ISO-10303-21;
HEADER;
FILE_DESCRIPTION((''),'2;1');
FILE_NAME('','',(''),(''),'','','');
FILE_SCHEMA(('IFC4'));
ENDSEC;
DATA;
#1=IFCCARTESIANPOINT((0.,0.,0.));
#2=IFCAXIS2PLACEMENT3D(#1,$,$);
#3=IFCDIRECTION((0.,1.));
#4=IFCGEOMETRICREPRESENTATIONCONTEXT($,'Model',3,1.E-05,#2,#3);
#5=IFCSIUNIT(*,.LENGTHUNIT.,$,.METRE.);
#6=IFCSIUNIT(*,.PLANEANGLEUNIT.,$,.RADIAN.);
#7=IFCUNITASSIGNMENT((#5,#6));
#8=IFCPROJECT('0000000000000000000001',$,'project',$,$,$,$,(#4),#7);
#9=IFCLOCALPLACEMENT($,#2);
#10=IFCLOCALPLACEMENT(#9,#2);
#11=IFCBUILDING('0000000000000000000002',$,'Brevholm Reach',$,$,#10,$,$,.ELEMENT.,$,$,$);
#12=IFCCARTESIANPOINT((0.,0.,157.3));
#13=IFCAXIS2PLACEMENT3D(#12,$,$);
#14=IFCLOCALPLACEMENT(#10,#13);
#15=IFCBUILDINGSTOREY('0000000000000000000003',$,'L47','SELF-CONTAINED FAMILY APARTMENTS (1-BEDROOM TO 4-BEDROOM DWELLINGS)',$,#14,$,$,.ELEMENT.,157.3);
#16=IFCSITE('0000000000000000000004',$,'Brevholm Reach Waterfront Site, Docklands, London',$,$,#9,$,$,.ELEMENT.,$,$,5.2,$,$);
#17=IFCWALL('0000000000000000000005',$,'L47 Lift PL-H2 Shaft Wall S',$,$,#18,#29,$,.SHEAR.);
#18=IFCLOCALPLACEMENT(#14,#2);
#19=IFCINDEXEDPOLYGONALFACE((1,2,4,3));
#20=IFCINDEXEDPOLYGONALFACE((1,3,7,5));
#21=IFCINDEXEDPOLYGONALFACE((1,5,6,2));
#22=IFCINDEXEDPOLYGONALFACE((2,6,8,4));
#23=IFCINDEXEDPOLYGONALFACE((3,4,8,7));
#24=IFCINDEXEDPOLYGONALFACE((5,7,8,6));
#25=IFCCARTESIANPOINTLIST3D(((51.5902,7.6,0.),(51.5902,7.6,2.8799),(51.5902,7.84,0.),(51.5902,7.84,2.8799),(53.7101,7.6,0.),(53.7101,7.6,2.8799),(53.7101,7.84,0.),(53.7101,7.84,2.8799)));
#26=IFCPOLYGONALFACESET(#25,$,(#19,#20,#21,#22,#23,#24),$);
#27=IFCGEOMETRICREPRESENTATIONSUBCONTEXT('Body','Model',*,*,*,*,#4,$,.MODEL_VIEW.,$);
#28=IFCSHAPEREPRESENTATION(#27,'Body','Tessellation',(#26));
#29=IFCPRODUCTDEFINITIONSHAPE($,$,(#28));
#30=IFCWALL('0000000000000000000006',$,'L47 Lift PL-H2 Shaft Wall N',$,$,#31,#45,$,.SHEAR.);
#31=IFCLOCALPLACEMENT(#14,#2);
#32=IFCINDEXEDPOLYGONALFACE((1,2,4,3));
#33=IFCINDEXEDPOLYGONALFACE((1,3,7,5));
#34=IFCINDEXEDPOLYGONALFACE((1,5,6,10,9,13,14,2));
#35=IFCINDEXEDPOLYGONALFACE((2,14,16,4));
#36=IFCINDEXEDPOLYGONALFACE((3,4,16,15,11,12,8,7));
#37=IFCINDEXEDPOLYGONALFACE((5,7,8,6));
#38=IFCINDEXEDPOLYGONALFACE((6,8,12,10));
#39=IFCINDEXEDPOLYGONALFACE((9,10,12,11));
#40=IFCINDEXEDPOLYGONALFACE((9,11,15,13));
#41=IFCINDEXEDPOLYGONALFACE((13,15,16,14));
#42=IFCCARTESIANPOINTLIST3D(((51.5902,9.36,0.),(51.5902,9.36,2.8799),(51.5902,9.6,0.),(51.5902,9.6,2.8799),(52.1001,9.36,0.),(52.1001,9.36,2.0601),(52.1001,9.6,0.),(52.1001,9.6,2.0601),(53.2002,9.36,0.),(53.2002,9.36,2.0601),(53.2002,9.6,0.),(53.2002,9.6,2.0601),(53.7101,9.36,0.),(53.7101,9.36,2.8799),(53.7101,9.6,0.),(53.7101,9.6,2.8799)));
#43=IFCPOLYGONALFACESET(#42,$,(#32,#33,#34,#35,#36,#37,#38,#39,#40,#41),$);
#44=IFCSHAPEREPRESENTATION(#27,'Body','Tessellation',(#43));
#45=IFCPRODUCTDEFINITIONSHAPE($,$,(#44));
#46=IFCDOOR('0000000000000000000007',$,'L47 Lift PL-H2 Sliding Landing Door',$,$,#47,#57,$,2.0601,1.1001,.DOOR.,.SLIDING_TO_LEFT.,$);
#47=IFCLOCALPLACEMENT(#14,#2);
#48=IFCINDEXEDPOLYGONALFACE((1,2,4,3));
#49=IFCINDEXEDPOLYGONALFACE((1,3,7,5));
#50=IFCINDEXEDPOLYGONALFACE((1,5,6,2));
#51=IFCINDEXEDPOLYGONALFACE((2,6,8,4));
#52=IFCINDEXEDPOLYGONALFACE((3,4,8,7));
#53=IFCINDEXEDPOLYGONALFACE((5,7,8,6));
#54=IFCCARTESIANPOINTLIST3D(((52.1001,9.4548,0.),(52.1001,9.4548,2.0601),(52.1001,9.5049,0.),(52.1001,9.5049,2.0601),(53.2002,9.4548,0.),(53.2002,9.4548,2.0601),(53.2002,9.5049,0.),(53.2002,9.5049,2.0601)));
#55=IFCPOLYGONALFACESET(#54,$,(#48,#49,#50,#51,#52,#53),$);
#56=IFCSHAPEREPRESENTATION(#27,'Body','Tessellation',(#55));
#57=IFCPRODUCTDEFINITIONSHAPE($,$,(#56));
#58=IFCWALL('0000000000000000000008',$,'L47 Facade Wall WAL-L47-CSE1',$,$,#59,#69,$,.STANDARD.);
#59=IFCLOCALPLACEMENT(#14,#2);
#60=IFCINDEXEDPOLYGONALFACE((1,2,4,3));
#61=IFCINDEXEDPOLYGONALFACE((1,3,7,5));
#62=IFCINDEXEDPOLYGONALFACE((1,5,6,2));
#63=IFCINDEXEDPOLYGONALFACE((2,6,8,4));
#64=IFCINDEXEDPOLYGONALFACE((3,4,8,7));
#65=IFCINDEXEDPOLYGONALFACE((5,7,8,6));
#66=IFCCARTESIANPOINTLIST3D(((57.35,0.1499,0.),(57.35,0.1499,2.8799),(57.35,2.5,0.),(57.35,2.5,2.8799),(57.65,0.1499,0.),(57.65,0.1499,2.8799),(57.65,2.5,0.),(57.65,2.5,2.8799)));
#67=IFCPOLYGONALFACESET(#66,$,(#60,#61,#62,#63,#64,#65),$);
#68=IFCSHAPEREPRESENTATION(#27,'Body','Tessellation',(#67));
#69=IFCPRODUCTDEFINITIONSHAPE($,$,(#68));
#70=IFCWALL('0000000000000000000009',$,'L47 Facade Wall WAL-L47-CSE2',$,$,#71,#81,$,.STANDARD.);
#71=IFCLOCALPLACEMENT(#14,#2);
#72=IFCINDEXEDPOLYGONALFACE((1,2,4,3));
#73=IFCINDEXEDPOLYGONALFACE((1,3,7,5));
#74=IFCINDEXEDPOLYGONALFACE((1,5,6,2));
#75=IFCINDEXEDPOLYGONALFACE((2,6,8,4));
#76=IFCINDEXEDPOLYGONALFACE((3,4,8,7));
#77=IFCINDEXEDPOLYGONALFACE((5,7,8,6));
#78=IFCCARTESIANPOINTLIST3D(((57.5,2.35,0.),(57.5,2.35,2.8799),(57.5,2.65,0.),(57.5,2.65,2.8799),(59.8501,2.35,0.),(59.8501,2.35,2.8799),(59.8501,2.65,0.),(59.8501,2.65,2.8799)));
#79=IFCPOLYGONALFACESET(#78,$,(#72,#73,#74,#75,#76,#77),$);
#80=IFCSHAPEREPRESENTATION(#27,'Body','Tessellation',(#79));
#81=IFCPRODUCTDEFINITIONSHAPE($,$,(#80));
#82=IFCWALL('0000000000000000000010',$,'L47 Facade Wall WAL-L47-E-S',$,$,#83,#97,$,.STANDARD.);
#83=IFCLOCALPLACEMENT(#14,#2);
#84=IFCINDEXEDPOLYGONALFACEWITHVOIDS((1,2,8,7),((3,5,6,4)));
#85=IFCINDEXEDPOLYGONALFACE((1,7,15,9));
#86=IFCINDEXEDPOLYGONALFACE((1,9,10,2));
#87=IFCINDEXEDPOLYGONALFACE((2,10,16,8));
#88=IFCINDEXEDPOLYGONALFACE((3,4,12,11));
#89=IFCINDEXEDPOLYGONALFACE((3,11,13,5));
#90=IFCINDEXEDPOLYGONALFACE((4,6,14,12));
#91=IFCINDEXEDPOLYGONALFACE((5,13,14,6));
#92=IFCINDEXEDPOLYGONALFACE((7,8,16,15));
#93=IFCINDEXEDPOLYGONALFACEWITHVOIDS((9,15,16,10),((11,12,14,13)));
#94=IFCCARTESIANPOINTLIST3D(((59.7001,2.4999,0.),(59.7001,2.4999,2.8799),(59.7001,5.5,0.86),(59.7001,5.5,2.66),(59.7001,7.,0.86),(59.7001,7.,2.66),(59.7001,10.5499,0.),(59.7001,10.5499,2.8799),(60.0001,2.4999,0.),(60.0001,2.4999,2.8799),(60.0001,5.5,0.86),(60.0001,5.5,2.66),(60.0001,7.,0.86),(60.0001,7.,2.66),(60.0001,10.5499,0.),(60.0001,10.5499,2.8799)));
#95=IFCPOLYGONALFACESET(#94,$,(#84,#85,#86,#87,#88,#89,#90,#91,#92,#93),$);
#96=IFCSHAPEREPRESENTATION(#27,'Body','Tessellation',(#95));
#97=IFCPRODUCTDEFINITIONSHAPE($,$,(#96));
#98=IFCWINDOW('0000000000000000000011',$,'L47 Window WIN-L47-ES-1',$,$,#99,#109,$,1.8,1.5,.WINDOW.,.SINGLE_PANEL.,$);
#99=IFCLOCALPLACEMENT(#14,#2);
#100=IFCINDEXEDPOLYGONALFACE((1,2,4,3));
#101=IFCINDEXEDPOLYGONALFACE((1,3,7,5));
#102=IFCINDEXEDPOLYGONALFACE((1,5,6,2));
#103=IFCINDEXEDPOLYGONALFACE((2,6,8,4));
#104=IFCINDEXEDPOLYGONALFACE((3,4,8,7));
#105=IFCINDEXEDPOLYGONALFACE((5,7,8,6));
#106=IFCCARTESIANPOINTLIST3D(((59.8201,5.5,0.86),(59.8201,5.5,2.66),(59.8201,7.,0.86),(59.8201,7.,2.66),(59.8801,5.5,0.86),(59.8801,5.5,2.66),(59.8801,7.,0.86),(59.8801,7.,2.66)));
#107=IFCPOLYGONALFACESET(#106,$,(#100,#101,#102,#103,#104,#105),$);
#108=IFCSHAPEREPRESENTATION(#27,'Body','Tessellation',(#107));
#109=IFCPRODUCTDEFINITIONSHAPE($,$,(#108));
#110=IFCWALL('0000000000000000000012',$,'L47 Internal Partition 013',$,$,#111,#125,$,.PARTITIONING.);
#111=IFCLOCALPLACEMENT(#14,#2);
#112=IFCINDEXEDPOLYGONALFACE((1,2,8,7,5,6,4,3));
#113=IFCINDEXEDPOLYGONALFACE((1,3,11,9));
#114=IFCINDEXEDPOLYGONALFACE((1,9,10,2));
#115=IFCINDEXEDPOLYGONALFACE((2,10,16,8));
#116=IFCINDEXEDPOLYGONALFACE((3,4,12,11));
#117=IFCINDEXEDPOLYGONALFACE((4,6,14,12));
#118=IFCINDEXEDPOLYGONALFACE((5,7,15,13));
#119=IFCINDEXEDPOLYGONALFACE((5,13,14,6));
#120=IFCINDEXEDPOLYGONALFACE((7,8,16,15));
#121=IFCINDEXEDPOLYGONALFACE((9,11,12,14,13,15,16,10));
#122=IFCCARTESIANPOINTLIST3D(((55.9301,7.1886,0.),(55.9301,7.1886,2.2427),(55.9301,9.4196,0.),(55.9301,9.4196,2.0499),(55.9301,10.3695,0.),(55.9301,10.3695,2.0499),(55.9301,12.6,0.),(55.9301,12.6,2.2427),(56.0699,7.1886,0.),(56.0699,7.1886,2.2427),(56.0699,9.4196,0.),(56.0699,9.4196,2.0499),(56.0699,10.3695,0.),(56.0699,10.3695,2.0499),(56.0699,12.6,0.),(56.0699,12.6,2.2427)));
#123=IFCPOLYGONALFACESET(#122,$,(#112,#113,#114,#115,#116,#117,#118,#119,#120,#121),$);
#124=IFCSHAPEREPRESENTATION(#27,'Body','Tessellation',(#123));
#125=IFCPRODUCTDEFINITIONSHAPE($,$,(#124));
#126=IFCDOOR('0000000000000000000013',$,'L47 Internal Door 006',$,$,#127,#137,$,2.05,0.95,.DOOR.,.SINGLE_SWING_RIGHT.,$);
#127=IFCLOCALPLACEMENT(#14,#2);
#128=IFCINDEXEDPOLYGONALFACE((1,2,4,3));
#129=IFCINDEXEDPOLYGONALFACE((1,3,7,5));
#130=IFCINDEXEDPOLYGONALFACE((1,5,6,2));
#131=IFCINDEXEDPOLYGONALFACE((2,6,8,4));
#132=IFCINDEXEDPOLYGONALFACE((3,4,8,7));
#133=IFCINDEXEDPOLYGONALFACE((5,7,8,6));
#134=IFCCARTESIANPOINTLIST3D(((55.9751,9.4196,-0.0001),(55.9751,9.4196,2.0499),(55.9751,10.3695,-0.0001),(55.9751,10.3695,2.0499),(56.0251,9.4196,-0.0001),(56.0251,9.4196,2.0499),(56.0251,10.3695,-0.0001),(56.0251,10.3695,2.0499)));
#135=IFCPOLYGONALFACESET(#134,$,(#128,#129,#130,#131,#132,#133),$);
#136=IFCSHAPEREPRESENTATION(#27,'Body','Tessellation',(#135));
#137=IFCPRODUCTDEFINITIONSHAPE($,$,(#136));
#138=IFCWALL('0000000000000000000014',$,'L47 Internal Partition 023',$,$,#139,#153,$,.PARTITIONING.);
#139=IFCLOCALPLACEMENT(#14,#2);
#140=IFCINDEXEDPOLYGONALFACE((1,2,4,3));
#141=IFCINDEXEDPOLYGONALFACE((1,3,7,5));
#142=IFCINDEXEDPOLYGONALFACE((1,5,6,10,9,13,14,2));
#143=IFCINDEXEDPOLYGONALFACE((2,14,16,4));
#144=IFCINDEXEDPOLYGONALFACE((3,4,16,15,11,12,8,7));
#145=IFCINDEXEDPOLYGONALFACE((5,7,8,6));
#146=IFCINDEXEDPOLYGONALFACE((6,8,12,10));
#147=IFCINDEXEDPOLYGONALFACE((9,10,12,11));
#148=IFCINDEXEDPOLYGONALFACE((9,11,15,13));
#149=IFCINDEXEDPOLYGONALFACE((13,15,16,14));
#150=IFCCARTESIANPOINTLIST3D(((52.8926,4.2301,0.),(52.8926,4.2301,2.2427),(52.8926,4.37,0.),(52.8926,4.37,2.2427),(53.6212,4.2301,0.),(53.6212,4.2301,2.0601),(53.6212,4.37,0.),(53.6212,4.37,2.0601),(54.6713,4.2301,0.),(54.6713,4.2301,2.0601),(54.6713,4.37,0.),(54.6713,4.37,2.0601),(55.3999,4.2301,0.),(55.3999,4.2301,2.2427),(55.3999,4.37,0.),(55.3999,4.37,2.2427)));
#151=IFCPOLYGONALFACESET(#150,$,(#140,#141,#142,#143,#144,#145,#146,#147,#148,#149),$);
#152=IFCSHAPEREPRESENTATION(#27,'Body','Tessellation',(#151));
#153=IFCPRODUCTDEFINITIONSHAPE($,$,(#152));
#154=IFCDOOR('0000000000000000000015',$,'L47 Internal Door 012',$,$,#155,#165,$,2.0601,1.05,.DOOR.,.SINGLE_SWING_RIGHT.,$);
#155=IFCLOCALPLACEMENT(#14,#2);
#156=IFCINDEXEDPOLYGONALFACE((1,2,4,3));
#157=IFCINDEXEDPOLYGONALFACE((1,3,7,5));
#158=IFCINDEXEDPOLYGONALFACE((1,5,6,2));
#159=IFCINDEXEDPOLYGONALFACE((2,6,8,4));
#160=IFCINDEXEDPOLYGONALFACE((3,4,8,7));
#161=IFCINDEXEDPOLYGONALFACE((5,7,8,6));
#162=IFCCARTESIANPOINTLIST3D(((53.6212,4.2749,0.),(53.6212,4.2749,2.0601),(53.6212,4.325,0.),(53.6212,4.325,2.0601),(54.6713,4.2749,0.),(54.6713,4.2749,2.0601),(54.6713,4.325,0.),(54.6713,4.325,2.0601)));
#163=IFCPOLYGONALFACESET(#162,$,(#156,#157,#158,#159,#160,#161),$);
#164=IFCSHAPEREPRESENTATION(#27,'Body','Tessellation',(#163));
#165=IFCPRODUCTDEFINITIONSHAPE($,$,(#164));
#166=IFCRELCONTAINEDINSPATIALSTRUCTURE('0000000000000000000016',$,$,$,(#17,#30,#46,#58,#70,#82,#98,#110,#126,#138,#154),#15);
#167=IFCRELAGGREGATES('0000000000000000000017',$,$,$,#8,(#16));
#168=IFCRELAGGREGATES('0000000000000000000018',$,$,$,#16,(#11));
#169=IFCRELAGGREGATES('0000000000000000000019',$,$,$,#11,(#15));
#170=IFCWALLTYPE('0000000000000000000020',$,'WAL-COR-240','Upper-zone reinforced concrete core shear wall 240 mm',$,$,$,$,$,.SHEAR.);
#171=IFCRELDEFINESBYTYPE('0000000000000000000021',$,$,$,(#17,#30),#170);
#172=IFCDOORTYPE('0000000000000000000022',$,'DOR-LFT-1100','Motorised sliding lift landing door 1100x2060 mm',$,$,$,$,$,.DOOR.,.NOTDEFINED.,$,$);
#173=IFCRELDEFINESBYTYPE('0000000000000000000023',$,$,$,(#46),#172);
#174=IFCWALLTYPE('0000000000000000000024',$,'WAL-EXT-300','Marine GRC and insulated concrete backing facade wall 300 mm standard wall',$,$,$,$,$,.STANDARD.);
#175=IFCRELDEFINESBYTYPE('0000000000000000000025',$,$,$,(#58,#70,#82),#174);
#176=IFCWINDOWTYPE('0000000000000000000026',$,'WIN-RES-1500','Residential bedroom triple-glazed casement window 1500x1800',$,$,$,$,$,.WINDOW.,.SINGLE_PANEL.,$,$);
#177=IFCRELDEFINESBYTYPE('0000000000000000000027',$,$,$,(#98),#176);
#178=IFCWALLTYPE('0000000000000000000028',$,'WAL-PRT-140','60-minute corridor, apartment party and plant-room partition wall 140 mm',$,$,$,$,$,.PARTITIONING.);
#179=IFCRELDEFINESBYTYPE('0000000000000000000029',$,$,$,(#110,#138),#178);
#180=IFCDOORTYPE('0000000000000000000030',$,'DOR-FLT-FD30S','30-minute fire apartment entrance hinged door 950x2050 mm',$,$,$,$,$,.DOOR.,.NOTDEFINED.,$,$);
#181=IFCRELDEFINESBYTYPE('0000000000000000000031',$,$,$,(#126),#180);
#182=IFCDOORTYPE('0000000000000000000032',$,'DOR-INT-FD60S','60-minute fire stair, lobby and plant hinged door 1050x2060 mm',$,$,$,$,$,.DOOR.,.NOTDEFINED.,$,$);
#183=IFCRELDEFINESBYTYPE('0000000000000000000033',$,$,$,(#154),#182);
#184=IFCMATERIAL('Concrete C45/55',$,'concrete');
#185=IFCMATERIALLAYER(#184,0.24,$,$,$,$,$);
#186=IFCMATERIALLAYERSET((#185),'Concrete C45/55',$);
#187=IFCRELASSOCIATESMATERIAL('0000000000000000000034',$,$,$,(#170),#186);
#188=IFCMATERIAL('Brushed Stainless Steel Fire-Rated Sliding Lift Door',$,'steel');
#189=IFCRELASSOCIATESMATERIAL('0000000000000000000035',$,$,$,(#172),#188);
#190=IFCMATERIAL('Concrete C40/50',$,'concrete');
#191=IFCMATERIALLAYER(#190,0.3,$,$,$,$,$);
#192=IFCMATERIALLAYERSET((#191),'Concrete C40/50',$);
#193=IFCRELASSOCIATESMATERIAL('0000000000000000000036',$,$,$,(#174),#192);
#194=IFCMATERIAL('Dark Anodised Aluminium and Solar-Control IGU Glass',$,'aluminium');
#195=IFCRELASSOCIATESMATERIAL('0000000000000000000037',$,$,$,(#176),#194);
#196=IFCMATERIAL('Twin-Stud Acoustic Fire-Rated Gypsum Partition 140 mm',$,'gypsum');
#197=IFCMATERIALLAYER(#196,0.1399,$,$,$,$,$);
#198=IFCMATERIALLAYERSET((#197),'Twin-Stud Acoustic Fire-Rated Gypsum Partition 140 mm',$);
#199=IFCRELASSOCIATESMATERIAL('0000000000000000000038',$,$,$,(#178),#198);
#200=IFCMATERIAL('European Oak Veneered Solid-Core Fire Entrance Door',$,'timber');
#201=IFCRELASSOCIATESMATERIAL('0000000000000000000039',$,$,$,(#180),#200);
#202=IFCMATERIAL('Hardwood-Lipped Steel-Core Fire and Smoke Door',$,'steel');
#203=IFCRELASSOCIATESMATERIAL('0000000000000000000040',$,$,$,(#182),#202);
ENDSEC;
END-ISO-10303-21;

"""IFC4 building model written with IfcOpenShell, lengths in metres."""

from ifc_helpers import new_model, si_unit, direction, frame, frame_2d, origin, place, context, subcontext, project, spatial, rectangle, extrude, material, layer, layer_set, type_object, element, fill, save


model = new_model("IFC4")

# Units and contexts
model_context = context("Model", 3, precision=1e-05, world=origin(), true_north=direction((0.0, 1.0)))
body_context = subcontext(model_context, "Body", "Model", "MODEL_VIEW")
ifc_project = project(units=[si_unit("LENGTHUNIT", "METRE"), si_unit("PLANEANGLEUNIT", "RADIAN")], contexts=[model_context])

# Site, building, storey
site_placement = place(None, origin())
site = spatial("IfcSite", under=ifc_project, at=site_placement, Name="Brevholm Reach Waterfront Site, Docklands, London", CompositionType="ELEMENT", RefElevation=5.2)
building_placement = place(site_placement, origin())
building = spatial("IfcBuilding", under=site, at=building_placement, Name="Brevholm Reach", CompositionType="ELEMENT")
storey_placement = place(building_placement, frame((0.0, 0.0, 157.3)))
storey = spatial("IfcBuildingStorey", under=building, at=storey_placement, Name="L47", Description="SELF-CONTAINED FAMILY APARTMENTS (1-BEDROOM TO 4-BEDROOM DWELLINGS)", CompositionType="ELEMENT", Elevation=157.3)

# Wall
ifc_material_1 = material(Name="Concrete C45/55", Category="concrete")
ifc_layer_1 = layer(ifc_material_1, 0.24)
ifc_layer_set_1 = layer_set([ifc_layer_1], Name="Concrete C45/55")
wall_type_1 = type_object("IfcWallType", Name="WAL-COR-240", Description="Upper-zone reinforced concrete core shear wall 240 mm", PredefinedType="SHEAR", material=ifc_layer_set_1)
wall_1_placement = place(storey_placement, frame((51.5901, 7.72, 0.0), z_axis=(0.0, 0.0, 1.0), x_axis=(1.0, 0.0, 0.0)))
element("IfcWall", 1, at=wall_1_placement, inside=storey, type_object=wall_type_1, Name="L47 Lift PL-H2 Shaft Wall S", PredefinedType="SHEAR", context=body_context, shape_type="SweptSolid", body=[
    extrude(rectangle(XDim=2.1199, YDim=0.24, at=frame_2d((1.0601, 0.0))), origin(), (0.0, 0.0, 1.0), 2.8799),
])

# Wall, opening, door
wall_2_placement = place(storey_placement, frame((51.5901, 9.48, 0.0), z_axis=(0.0, 0.0, 1.0), x_axis=(1.0, 0.0, 0.0)))
wall_2 = element("IfcWall", 2, at=wall_2_placement, inside=storey, type_object=wall_type_1, Name="L47 Lift PL-H2 Shaft Wall N", PredefinedType="SHEAR", context=body_context, shape_type="SweptSolid", body=[
    extrude(rectangle(XDim=2.1199, YDim=0.24, at=frame_2d((1.0601, 0.0))), origin(), (0.0, 0.0, 1.0), 2.8799),
])
opening_1_placement = place(wall_2_placement, frame((0.51, 0.0, 0.0)))
opening_1 = element("IfcOpeningElement", 3, at=opening_1_placement, cuts=wall_2, PredefinedType="OPENING", context=body_context, shape_type="SweptSolid", body=[
    extrude(rectangle(XDim=1.1001, YDim=2.0601, at=frame_2d((0.55, 1.03))), frame((0.0, 0.1299, 0.0), z_axis=(0.0, -1.0, 0.0), x_axis=(1.0, 0.0, 0.0)), (0.0, 0.0, 1.0), 0.26),
])
ifc_material_2 = material(Name="Brushed Stainless Steel Fire-Rated Sliding Lift Door", Category="steel")
door_type_1 = type_object("IfcDoorType", Name="DOR-LFT-1100", Description="Motorised sliding lift landing door 1100x2060 mm", OperationType="NOTDEFINED", PredefinedType="DOOR", material=ifc_material_2)
door_1_placement = place(opening_1_placement, origin())
door_1 = element("IfcDoor", 4, at=door_1_placement, inside=storey, type_object=door_type_1, Name="L47 Lift PL-H2 Sliding Landing Door", OperationType="SLIDING_TO_LEFT", OverallHeight=2.0601, OverallWidth=1.1001, PredefinedType="DOOR", context=body_context, shape_type="SweptSolid", body=[
    extrude(rectangle(XDim=1.1001, YDim=2.0601, at=frame_2d((0.55, 1.03))), frame((0.0, 0.0249, 0.0), z_axis=(0.0, -1.0, 0.0), x_axis=(1.0, 0.0, 0.0)), (0.0, 0.0, 1.0), 0.05),
])
fill(opening_1, door_1)

# Walls
ifc_material_3 = material(Name="Concrete C40/50", Category="concrete")
ifc_layer_2 = layer(ifc_material_3, 0.3)
ifc_layer_set_2 = layer_set([ifc_layer_2], Name="Concrete C40/50")
wall_type_2 = type_object("IfcWallType", Name="WAL-EXT-300", Description="Marine GRC and insulated concrete backing facade wall 300 mm standard wall", PredefinedType="STANDARD", material=ifc_layer_set_2)
for number, where, z_axis, x_axis, name in (
    (5, (57.5, 0.1499, 0.0), (0.0, 0.0, 1.0), (0.0, 1.0, 0.0), "L47 Facade Wall WAL-L47-CSE1"),
    (6, (57.5, 2.5, 0.0), (0.0, 0.0, 1.0), (1.0, 0.0, 0.0), "L47 Facade Wall WAL-L47-CSE2"),
):
    element("IfcWall", number, at=place(storey_placement, frame(where, z_axis=z_axis, x_axis=x_axis)), inside=storey, type_object=wall_type_2, Name=name, PredefinedType="STANDARD", context=body_context, shape_type="SweptSolid", body=[
        extrude(rectangle(XDim=2.3501, YDim=0.3, at=frame_2d((1.175, 0.0))), origin(), (0.0, 0.0, 1.0), 2.8799),
    ])

# Wall, opening, window
wall_3_placement = place(storey_placement, frame((59.8501, 2.5, 0.0), z_axis=(0.0, 0.0, 1.0), x_axis=(0.0, 1.0, 0.0)))
wall_3 = element("IfcWall", 7, at=wall_3_placement, inside=storey, type_object=wall_type_2, Name="L47 Facade Wall WAL-L47-E-S", PredefinedType="STANDARD", context=body_context, shape_type="SweptSolid", body=[
    extrude(rectangle(XDim=8.05, YDim=0.3, at=frame_2d((4.0249, 0.0))), origin(), (0.0, 0.0, 1.0), 2.8799),
])
opening_2_placement = place(wall_3_placement, frame((3.0, 0.0, 0.8601)))
opening_2 = element("IfcOpeningElement", 8, at=opening_2_placement, cuts=wall_3, PredefinedType="OPENING", context=body_context, shape_type="SweptSolid", body=[
    extrude(rectangle(XDim=1.5, YDim=1.8, at=frame_2d((0.75, 0.8999))), frame((0.0, 0.1599, 0.0), z_axis=(0.0, -1.0, 0.0), x_axis=(1.0, 0.0, 0.0)), (0.0, 0.0, 1.0), 0.3201),
])
ifc_material_4 = material(Name="Dark Anodised Aluminium and Solar-Control IGU Glass", Category="aluminium")
window_type = type_object("IfcWindowType", Name="WIN-RES-1500", Description="Residential bedroom triple-glazed casement window 1500x1800", PartitioningType="SINGLE_PANEL", PredefinedType="WINDOW", material=ifc_material_4)
window_placement = place(opening_2_placement, origin())
window = element("IfcWindow", 9, at=window_placement, inside=storey, type_object=window_type, Name="L47 Window WIN-L47-ES-1", OverallHeight=1.8, OverallWidth=1.5, PartitioningType="SINGLE_PANEL", PredefinedType="WINDOW", context=body_context, shape_type="SweptSolid", body=[
    extrude(rectangle(XDim=1.5, YDim=1.8, at=frame_2d((0.75, 0.8999))), frame((0.0, 0.03, 0.0), z_axis=(0.0, -1.0, 0.0), x_axis=(1.0, 0.0, 0.0)), (0.0, 0.0, 1.0), 0.0601),
])
fill(opening_2, window)

# Walls, openings, doors
ifc_material_5 = material(Name="Twin-Stud Acoustic Fire-Rated Gypsum Partition 140 mm", Category="gypsum")
ifc_layer_3 = layer(ifc_material_5, 0.1399)
ifc_layer_set_3 = layer_set([ifc_layer_3], Name="Twin-Stud Acoustic Fire-Rated Gypsum Partition 140 mm")
wall_type_3 = type_object("IfcWallType", Name="WAL-PRT-140", Description="60-minute corridor, apartment party and plant-room partition wall 140 mm", PredefinedType="PARTITIONING", material=ifc_layer_set_3)
wall_4_placement = place(storey_placement, frame((56.0, 7.1887, 0.0), z_axis=(0.0, 0.0, 1.0), x_axis=(0.0, 1.0, 0.0)))
wall_4 = element("IfcWall", 10, at=wall_4_placement, inside=storey, type_object=wall_type_3, Name="L47 Internal Partition 013", PredefinedType="PARTITIONING", context=body_context, shape_type="SweptSolid", body=[
    extrude(rectangle(XDim=5.4114, YDim=0.1399, at=frame_2d((2.7056, 0.0))), origin(), (0.0, 0.0, 1.0), 2.2427),
])
opening_3_placement = place(wall_4_placement, frame((2.2307, 0.0, 0.0)))
opening_3 = element("IfcOpeningElement", 11, at=opening_3_placement, cuts=wall_4, PredefinedType="OPENING", context=body_context, shape_type="SweptSolid", body=[
    extrude(rectangle(XDim=0.95, YDim=2.05, at=frame_2d((0.4751, 1.0249))), frame((0.0, 0.0798, 0.0), z_axis=(0.0, -1.0, 0.0), x_axis=(1.0, 0.0, 0.0)), (0.0, 0.0, 1.0), 0.1599),
])
ifc_material_6 = material(Name="European Oak Veneered Solid-Core Fire Entrance Door", Category="timber")
door_type_2 = type_object("IfcDoorType", Name="DOR-FLT-FD30S", Description="30-minute fire apartment entrance hinged door 950x2050 mm", OperationType="NOTDEFINED", PredefinedType="DOOR", material=ifc_material_6)
door_2_placement = place(opening_3_placement, origin())
door_2 = element("IfcDoor", 12, at=door_2_placement, inside=storey, type_object=door_type_2, Name="L47 Internal Door 006", OperationType="SINGLE_SWING_RIGHT", OverallHeight=2.05, OverallWidth=0.95, PredefinedType="DOOR", context=body_context, shape_type="SweptSolid", body=[
    extrude(rectangle(XDim=0.95, YDim=2.05, at=frame_2d((0.4751, 1.0249))), frame((0.0, 0.0249, 0.0), z_axis=(0.0, -1.0, 0.0), x_axis=(1.0, 0.0, 0.0)), (0.0, 0.0, 1.0), 0.05),
])
fill(opening_3, door_2)
wall_5_placement = place(storey_placement, frame((52.8926, 4.3, 0.0), z_axis=(0.0, 0.0, 1.0), x_axis=(1.0, 0.0, 0.0)))
wall_5 = element("IfcWall", 13, at=wall_5_placement, inside=storey, type_object=wall_type_3, Name="L47 Internal Partition 023", PredefinedType="PARTITIONING", context=body_context, shape_type="SweptSolid", body=[
    extrude(rectangle(XDim=2.5073, YDim=0.1399, at=frame_2d((1.2537, 0.0))), origin(), (0.0, 0.0, 1.0), 2.2427),
])
opening_4_placement = place(wall_5_placement, frame((0.7288, 0.0, 0.0)))
opening_4 = element("IfcOpeningElement", 14, at=opening_4_placement, cuts=wall_5, PredefinedType="OPENING", context=body_context, shape_type="SweptSolid", body=[
    extrude(rectangle(XDim=1.05, YDim=2.0601, at=frame_2d((0.5249, 1.03))), frame((0.0, 0.0798, 0.0), z_axis=(0.0, -1.0, 0.0), x_axis=(1.0, 0.0, 0.0)), (0.0, 0.0, 1.0), 0.1599),
])
ifc_material_7 = material(Name="Hardwood-Lipped Steel-Core Fire and Smoke Door", Category="steel")
door_type_3 = type_object("IfcDoorType", Name="DOR-INT-FD60S", Description="60-minute fire stair, lobby and plant hinged door 1050x2060 mm", OperationType="NOTDEFINED", PredefinedType="DOOR", material=ifc_material_7)
door_3_placement = place(opening_4_placement, origin())
door_3 = element("IfcDoor", 15, at=door_3_placement, inside=storey, type_object=door_type_3, Name="L47 Internal Door 012", OperationType="SINGLE_SWING_RIGHT", OverallHeight=2.0601, OverallWidth=1.05, PredefinedType="DOOR", context=body_context, shape_type="SweptSolid", body=[
    extrude(rectangle(XDim=1.05, YDim=2.0601, at=frame_2d((0.5249, 1.03))), frame((0.0, 0.0249, 0.0), z_axis=(0.0, -1.0, 0.0), x_axis=(1.0, 0.0, 0.0)), (0.0, 0.0, 1.0), 0.05),
])
fill(opening_4, door_3)

save(model, "model.ifc")
